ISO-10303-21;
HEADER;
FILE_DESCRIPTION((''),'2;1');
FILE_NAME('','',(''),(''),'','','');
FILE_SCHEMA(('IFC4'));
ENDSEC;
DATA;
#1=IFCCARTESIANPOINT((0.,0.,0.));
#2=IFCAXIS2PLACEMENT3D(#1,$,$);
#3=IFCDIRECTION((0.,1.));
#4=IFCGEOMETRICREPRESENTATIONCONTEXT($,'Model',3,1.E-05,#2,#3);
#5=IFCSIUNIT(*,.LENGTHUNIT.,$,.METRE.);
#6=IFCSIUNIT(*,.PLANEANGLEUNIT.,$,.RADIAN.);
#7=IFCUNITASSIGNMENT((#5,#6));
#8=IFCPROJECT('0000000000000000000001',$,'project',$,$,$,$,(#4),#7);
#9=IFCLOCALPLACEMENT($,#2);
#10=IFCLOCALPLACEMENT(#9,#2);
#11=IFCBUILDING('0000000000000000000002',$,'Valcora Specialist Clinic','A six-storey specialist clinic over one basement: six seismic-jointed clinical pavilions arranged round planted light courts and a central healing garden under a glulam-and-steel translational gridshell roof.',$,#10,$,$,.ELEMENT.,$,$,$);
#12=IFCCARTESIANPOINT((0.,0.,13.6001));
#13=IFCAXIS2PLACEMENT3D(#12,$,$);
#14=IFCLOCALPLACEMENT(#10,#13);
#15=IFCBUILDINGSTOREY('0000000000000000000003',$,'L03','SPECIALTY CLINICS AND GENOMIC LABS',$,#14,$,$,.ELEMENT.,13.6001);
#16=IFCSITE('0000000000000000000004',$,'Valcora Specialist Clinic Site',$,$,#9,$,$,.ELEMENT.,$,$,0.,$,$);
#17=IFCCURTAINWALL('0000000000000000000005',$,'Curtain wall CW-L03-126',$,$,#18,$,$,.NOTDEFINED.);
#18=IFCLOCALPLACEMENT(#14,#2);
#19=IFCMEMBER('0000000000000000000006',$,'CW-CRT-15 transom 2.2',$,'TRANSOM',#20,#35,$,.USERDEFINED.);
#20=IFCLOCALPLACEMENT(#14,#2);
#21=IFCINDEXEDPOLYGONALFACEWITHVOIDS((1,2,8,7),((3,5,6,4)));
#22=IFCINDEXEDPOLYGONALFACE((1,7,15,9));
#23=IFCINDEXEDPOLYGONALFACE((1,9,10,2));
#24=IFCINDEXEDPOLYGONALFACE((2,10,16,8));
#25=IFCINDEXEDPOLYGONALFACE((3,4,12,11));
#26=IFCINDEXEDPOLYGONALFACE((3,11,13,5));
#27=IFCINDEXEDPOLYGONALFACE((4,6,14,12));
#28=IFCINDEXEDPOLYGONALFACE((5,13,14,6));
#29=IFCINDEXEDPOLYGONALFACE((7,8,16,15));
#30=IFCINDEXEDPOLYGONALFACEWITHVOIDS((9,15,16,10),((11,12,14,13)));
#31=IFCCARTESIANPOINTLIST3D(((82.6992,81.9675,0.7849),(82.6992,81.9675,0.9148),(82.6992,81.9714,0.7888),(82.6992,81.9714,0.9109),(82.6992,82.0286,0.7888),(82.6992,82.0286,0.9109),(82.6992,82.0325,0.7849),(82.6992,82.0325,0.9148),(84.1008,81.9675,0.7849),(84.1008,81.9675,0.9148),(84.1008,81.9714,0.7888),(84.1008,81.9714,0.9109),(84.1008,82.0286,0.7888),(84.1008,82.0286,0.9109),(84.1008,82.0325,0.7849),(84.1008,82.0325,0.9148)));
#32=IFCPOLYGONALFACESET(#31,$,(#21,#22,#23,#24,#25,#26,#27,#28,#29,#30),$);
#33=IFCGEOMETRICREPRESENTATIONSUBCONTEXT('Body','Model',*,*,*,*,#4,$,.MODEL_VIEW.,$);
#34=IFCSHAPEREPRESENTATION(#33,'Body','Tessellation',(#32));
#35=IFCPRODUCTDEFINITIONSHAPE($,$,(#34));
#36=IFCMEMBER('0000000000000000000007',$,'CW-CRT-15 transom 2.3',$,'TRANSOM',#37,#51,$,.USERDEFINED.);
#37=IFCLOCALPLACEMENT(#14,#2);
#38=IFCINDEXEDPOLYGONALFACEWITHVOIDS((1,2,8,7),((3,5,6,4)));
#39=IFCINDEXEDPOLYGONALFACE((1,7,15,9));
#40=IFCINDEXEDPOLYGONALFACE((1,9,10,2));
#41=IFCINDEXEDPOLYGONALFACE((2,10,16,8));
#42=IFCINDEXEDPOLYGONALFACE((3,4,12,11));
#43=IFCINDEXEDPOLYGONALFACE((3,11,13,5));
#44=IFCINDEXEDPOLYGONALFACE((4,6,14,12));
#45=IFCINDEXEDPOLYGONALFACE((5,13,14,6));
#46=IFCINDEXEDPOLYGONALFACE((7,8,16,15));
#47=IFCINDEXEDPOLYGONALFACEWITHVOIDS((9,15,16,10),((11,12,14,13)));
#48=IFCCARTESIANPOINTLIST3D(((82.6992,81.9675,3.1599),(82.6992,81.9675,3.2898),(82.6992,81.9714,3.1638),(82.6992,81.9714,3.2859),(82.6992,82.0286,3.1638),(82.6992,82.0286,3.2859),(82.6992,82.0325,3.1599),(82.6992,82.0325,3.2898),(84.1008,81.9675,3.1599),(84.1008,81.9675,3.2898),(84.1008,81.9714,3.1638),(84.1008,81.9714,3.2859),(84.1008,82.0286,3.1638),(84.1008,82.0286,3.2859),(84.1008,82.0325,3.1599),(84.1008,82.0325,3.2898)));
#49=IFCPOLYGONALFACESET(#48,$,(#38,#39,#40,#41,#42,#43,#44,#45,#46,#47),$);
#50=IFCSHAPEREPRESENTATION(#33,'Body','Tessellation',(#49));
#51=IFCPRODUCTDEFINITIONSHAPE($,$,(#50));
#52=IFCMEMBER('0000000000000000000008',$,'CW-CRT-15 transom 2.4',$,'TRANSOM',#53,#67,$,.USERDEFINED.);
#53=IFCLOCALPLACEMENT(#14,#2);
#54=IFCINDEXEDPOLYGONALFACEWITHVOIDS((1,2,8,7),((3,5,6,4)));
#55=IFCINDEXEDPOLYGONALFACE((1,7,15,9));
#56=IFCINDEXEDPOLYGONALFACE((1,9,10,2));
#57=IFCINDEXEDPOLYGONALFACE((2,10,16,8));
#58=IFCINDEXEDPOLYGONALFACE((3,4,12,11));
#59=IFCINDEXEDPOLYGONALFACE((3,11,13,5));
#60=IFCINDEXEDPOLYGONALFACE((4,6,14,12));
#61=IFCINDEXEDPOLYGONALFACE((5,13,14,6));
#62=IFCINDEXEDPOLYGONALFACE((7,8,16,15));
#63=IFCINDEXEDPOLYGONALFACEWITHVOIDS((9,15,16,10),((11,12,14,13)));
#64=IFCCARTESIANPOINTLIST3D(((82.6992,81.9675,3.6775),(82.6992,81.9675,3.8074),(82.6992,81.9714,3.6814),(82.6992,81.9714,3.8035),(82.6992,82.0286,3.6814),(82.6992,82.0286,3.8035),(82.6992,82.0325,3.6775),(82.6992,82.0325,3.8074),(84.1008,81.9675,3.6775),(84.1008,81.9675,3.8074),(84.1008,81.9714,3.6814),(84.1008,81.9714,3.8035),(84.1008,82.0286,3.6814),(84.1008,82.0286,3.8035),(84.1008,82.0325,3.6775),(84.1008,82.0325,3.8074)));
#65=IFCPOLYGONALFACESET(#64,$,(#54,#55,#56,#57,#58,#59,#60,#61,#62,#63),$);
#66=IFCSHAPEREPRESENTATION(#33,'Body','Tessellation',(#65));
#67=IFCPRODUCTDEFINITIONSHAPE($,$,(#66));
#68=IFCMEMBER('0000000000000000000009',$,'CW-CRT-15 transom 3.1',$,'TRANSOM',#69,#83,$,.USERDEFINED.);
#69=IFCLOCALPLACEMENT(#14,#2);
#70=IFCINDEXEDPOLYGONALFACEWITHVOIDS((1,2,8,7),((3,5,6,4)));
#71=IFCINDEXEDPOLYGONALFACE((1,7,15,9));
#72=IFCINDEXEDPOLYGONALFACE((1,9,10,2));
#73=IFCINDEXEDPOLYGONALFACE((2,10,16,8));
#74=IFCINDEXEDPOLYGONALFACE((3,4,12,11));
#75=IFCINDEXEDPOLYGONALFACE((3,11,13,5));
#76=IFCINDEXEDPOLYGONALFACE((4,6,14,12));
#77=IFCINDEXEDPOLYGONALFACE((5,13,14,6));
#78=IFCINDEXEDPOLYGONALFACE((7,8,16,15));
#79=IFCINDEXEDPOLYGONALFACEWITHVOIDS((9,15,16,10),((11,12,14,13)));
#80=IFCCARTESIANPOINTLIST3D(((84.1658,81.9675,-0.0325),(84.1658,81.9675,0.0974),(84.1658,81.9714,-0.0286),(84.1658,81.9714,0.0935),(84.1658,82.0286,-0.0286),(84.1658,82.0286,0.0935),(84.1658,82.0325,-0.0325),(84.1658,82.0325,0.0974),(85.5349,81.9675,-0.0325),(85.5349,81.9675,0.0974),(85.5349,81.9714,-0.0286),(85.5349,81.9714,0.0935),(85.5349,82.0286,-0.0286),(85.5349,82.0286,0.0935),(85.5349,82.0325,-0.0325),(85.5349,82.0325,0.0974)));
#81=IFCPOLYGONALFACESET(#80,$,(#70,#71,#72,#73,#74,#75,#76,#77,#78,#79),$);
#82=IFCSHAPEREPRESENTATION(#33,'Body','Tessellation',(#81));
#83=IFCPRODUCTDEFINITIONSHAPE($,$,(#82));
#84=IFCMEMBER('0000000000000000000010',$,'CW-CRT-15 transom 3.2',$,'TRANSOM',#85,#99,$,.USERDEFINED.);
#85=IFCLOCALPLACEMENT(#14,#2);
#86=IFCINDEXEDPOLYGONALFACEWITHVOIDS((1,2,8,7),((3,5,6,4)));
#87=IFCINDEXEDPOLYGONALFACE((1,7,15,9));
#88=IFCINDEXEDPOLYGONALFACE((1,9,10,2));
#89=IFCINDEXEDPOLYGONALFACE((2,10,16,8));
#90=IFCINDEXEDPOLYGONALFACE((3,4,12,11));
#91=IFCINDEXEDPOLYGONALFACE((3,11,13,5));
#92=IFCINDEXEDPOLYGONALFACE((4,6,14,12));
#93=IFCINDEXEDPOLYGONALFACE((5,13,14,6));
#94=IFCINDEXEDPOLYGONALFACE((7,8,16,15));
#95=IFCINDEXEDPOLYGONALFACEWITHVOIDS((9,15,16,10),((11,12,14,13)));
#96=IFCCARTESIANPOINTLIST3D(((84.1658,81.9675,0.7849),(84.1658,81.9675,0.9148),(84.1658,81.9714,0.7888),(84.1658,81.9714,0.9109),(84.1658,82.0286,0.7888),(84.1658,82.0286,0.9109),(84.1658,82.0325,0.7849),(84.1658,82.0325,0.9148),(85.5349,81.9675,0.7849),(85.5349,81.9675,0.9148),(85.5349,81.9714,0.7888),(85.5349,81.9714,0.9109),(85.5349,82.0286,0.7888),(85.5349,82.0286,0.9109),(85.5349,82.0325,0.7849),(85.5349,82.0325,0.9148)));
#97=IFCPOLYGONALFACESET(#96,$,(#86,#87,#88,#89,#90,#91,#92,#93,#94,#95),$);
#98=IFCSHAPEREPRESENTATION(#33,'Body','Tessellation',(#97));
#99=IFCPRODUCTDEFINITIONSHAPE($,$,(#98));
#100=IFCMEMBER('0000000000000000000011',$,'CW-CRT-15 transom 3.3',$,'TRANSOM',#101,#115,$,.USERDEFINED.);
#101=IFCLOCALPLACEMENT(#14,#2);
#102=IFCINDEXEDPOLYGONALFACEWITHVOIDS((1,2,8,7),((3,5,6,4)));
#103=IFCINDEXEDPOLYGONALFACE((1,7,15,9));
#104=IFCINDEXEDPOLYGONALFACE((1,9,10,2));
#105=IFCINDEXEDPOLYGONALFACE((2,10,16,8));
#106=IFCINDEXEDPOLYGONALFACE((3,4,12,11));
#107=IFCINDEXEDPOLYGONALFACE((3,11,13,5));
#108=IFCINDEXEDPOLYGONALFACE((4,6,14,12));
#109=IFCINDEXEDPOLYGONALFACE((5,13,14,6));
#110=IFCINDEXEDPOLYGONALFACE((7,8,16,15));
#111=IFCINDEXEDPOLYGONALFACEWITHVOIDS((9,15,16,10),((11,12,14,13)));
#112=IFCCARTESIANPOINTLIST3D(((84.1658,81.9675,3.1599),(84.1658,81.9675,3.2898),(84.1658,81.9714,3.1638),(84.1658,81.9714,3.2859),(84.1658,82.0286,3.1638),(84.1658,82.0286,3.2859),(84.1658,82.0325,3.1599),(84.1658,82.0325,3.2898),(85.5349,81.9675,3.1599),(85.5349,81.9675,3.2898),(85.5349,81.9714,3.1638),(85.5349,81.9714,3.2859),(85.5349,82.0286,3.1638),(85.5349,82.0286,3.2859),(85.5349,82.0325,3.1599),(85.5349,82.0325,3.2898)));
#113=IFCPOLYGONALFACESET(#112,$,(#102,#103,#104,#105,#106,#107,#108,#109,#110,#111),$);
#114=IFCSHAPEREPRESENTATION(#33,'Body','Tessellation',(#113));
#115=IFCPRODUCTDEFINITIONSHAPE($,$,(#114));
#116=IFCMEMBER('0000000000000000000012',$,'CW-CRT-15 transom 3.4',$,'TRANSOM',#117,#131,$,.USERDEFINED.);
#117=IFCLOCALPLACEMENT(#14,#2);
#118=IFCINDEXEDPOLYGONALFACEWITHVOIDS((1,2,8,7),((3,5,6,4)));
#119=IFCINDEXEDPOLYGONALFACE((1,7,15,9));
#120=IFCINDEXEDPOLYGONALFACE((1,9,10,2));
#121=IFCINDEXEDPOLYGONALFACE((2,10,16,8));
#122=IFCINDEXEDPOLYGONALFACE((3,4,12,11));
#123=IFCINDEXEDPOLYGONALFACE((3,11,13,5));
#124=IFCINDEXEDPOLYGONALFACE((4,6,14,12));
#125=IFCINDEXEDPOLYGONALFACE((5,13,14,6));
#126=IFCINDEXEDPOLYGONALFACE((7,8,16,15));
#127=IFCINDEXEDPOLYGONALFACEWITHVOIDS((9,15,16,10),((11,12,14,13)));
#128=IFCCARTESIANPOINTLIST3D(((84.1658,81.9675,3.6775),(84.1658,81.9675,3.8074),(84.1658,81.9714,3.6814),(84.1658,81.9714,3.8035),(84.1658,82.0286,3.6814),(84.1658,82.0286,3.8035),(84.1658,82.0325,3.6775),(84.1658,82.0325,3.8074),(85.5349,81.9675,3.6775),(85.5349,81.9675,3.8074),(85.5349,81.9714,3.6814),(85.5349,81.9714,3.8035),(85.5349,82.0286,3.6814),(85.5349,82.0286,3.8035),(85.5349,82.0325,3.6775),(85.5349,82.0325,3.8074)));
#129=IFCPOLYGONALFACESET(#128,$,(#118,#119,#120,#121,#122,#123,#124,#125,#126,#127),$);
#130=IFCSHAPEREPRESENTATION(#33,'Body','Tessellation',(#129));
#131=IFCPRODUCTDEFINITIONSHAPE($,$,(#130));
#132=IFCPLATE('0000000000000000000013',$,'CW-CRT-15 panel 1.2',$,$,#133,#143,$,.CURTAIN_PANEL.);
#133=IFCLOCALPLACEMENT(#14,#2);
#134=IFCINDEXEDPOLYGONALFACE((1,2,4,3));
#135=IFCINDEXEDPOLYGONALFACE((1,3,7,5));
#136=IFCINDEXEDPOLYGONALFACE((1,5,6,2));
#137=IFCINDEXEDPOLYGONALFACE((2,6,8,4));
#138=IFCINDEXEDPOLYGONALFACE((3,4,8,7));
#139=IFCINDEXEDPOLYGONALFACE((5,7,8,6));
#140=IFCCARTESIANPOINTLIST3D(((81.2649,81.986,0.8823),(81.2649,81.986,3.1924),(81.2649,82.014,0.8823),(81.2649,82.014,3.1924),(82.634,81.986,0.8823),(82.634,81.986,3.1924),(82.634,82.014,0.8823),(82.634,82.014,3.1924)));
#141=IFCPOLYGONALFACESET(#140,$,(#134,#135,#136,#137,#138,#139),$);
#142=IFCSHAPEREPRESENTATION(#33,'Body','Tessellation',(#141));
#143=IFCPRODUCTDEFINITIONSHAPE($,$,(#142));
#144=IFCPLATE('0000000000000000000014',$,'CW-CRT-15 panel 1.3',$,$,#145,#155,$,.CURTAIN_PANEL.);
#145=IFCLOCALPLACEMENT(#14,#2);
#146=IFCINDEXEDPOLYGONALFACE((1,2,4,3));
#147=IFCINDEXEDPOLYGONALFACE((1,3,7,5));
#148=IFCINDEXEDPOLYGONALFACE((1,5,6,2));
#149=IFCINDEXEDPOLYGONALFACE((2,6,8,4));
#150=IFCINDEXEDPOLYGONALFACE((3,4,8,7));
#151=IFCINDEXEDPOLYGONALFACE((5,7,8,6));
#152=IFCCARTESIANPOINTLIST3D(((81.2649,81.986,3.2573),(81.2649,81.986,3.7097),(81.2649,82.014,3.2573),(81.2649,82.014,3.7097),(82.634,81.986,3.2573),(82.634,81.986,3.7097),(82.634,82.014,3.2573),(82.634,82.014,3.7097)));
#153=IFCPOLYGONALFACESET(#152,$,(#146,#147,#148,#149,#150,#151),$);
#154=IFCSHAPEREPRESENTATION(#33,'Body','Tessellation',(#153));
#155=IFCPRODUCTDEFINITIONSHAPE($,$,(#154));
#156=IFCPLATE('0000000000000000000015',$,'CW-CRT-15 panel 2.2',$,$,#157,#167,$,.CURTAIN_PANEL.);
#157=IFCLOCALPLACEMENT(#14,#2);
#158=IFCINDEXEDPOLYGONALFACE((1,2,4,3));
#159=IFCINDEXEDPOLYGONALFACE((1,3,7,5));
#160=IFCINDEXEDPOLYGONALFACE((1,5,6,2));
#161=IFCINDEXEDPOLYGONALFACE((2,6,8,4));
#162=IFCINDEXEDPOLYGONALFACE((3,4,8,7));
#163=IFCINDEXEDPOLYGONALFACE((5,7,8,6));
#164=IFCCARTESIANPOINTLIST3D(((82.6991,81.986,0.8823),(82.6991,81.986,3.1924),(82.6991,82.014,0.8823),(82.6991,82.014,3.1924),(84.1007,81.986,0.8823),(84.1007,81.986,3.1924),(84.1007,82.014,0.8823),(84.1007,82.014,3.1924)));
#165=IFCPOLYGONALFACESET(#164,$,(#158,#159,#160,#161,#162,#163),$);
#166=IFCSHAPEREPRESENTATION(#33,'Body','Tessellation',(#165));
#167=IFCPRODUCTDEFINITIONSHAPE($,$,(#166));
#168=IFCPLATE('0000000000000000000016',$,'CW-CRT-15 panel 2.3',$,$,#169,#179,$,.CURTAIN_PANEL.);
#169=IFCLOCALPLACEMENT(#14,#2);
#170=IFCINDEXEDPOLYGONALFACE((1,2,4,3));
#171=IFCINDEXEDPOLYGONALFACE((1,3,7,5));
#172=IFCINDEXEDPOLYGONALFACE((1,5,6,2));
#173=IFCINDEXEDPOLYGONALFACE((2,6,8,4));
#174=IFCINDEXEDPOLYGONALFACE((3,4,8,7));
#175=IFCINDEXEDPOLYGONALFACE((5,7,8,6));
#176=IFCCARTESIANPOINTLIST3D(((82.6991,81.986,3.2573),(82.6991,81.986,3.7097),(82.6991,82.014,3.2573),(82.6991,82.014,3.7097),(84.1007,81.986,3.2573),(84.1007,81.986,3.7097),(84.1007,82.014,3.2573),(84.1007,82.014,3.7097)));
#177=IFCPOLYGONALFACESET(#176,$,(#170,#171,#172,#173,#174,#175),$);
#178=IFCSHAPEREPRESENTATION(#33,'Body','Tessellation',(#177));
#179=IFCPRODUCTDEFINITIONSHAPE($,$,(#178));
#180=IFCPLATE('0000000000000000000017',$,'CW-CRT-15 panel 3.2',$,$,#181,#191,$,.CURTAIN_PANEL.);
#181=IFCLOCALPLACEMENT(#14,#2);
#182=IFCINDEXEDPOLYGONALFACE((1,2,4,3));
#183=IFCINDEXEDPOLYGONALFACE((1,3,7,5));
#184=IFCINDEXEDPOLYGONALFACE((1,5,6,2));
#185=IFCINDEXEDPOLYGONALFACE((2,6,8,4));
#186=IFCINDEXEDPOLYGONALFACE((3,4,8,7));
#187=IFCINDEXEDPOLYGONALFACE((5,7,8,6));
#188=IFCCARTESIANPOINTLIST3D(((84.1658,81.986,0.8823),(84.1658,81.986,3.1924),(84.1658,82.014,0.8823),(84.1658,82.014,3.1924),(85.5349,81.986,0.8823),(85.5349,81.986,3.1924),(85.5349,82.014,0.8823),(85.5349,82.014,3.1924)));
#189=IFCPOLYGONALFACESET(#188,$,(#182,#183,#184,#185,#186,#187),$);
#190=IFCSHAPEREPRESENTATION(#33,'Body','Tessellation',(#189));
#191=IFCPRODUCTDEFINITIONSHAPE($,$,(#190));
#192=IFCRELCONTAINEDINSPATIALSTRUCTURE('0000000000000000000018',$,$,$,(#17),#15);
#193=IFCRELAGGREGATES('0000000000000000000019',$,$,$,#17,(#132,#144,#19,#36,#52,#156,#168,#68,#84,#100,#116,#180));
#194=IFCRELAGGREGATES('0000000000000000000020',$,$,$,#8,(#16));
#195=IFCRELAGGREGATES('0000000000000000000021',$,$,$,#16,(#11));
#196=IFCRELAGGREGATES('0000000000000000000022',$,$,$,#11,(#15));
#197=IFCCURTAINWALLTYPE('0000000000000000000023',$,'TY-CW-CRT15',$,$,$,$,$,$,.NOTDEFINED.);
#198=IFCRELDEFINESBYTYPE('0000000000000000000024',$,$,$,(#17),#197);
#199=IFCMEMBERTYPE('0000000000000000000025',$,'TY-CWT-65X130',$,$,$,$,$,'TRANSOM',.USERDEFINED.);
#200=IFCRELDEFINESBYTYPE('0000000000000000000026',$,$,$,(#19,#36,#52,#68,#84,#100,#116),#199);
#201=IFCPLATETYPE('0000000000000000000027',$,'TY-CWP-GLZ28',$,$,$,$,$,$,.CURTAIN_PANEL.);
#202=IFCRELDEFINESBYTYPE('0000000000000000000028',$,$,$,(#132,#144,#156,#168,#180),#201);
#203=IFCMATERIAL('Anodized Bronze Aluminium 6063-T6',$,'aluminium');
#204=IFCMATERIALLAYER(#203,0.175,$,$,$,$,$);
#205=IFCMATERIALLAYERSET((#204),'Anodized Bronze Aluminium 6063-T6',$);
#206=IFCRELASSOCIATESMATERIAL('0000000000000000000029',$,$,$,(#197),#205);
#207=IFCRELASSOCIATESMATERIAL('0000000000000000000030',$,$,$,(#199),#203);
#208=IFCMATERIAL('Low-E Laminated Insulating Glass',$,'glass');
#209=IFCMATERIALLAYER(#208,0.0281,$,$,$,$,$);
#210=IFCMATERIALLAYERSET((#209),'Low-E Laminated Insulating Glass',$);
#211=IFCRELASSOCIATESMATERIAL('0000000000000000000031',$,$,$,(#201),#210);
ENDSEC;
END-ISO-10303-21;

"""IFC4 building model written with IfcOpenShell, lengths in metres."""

from ifc_helpers import new_model, si_unit, direction, frame, origin, origin_2d, place, context, subcontext, project, spatial, rectangle, hollow_rectangle, extrude, material, layer, layer_set, material_profile, profile_set, type_object, element, aggregate, save


model = new_model("IFC4")

# Units and contexts
model_context = context("Model", 3, precision=1e-05, world=origin(), true_north=direction((0.0, 1.0)))
body_context = subcontext(model_context, "Body", "Model", "MODEL_VIEW")
ifc_project = project(units=[si_unit("LENGTHUNIT", "METRE"), si_unit("PLANEANGLEUNIT", "RADIAN")], contexts=[model_context])

# Site, building, storey
site_placement = place(None, origin())
site = spatial("IfcSite", under=ifc_project, at=site_placement, Name="Valcora Specialist Clinic Site", CompositionType="ELEMENT", RefElevation=0.0)
building_placement = place(site_placement, origin())
building = spatial("IfcBuilding", under=site, at=building_placement, Name="Valcora Specialist Clinic", Description="A six-storey specialist clinic over one basement: six seismic-jointed clinical pavilions arranged round planted light courts and a central healing garden under a glulam-and-steel translational gridshell roof.", CompositionType="ELEMENT")
storey_placement = place(building_placement, frame((0.0, 0.0, 13.6001)))
storey = spatial("IfcBuildingStorey", under=building, at=storey_placement, Name="L03", Description="SPECIALTY CLINICS AND GENOMIC LABS", CompositionType="ELEMENT", Elevation=13.6001)

# Shared definitions
ifc_material_1 = material(Name="Anodized Bronze Aluminium 6063-T6", Category="aluminium")
ifc_layer_1 = layer(ifc_material_1, 0.175)
ifc_layer_set_1 = layer_set([ifc_layer_1], Name="Anodized Bronze Aluminium 6063-T6")
curtain_wall_type = type_object("IfcCurtainWallType", Name="TY-CW-CRT15", PredefinedType="NOTDEFINED", material=ifc_layer_set_1)

# Curtain wall
curtain_wall_1_placement = place(storey_placement, origin())
curtain_wall_1 = element("IfcCurtainWall", 1, at=curtain_wall_1_placement, inside=storey, type_object=curtain_wall_type, Name="Curtain wall CW-L03-126", PredefinedType="NOTDEFINED")

# Members
ifc_material_profile_1 = material_profile(ifc_material_1, hollow_rectangle(XDim=0.0649, YDim=0.1299, WallThickness=0.0039, at=origin_2d()), Name="AL-TRN-65X130")
ifc_profile_set_1 = profile_set([ifc_material_profile_1], Name="Anodized Bronze Aluminium 6063-T6")
member_type_1 = type_object("IfcMemberType", Name="TY-CWT-65X130", ElementType="TRANSOM", PredefinedType="USERDEFINED", material=ifc_profile_set_1)
member_1_placement = place(storey_placement, frame((82.6992, 82.0, 0.8499), z_axis=(1.0, 0.0, 0.0), x_axis=(0.0, 1.0, 0.0)))
member_1 = element("IfcMember", 2, at=member_1_placement, type_object=member_type_1, Name="CW-CRT-15 transom 2.2", ObjectType="TRANSOM", PredefinedType="USERDEFINED", context=body_context, shape_type="SweptSolid", body=[
    extrude(hollow_rectangle(XDim=0.0649, YDim=0.1299, WallThickness=0.0039, at=origin_2d()), origin(), (0.0, 0.0, 1.0), 1.4016),
])
member_2_placement = place(storey_placement, frame((82.6992, 82.0, 3.2249), z_axis=(1.0, 0.0, 0.0), x_axis=(0.0, 1.0, 0.0)))
member_2 = element("IfcMember", 3, at=member_2_placement, type_object=member_type_1, Name="CW-CRT-15 transom 2.3", ObjectType="TRANSOM", PredefinedType="USERDEFINED", context=body_context, shape_type="SweptSolid", body=[
    extrude(hollow_rectangle(XDim=0.0649, YDim=0.1299, WallThickness=0.0039, at=origin_2d()), origin(), (0.0, 0.0, 1.0), 1.4016),
])
member_3_placement = place(storey_placement, frame((82.6992, 82.0, 3.7424), z_axis=(1.0, 0.0, 0.0), x_axis=(0.0, 1.0, 0.0)))
member_3 = element("IfcMember", 4, at=member_3_placement, type_object=member_type_1, Name="CW-CRT-15 transom 2.4", ObjectType="TRANSOM", PredefinedType="USERDEFINED", context=body_context, shape_type="SweptSolid", body=[
    extrude(hollow_rectangle(XDim=0.0649, YDim=0.1299, WallThickness=0.0039, at=origin_2d()), origin(), (0.0, 0.0, 1.0), 1.4016),
])
member_4_placement = place(storey_placement, frame((84.1658, 82.0, 0.0325), z_axis=(1.0, 0.0, 0.0), x_axis=(0.0, 1.0, 0.0)))
member_4 = element("IfcMember", 5, at=member_4_placement, type_object=member_type_1, Name="CW-CRT-15 transom 3.1", ObjectType="TRANSOM", PredefinedType="USERDEFINED", context=body_context, shape_type="SweptSolid", body=[
    extrude(hollow_rectangle(XDim=0.0649, YDim=0.1299, WallThickness=0.0039, at=origin_2d()), origin(), (0.0, 0.0, 1.0), 1.3691),
])
member_5_placement = place(storey_placement, frame((84.1658, 82.0, 0.8499), z_axis=(1.0, 0.0, 0.0), x_axis=(0.0, 1.0, 0.0)))
member_5 = element("IfcMember", 6, at=member_5_placement, type_object=member_type_1, Name="CW-CRT-15 transom 3.2", ObjectType="TRANSOM", PredefinedType="USERDEFINED", context=body_context, shape_type="SweptSolid", body=[
    extrude(hollow_rectangle(XDim=0.0649, YDim=0.1299, WallThickness=0.0039, at=origin_2d()), origin(), (0.0, 0.0, 1.0), 1.3691),
])
member_6_placement = place(storey_placement, frame((84.1658, 82.0, 3.2249), z_axis=(1.0, 0.0, 0.0), x_axis=(0.0, 1.0, 0.0)))
member_6 = element("IfcMember", 7, at=member_6_placement, type_object=member_type_1, Name="CW-CRT-15 transom 3.3", ObjectType="TRANSOM", PredefinedType="USERDEFINED", context=body_context, shape_type="SweptSolid", body=[
    extrude(hollow_rectangle(XDim=0.0649, YDim=0.1299, WallThickness=0.0039, at=origin_2d()), origin(), (0.0, 0.0, 1.0), 1.3691),
])
member_7_placement = place(storey_placement, frame((84.1658, 82.0, 3.7424), z_axis=(1.0, 0.0, 0.0), x_axis=(0.0, 1.0, 0.0)))
member_7 = element("IfcMember", 8, at=member_7_placement, type_object=member_type_1, Name="CW-CRT-15 transom 3.4", ObjectType="TRANSOM", PredefinedType="USERDEFINED", context=body_context, shape_type="SweptSolid", body=[
    extrude(hollow_rectangle(XDim=0.0649, YDim=0.1299, WallThickness=0.0039, at=origin_2d()), origin(), (0.0, 0.0, 1.0), 1.3691),
])

# Plates
ifc_material_2 = material(Name="Low-E Laminated Insulating Glass", Category="glass")
ifc_layer_2 = layer(ifc_material_2, 0.0281)
ifc_layer_set_2 = layer_set([ifc_layer_2], Name="Low-E Laminated Insulating Glass")
plate_type_1 = type_object("IfcPlateType", Name="TY-CWP-GLZ28", PredefinedType="CURTAIN_PANEL", material=ifc_layer_set_2)
plate_1_placement = place(storey_placement, frame((81.9495, 82.0, 0.8823), z_axis=(0.0, 0.0, 1.0), x_axis=(1.0, 0.0, 0.0)))
plate_1 = element("IfcPlate", 9, at=plate_1_placement, type_object=plate_type_1, Name="CW-CRT-15 panel 1.2", PredefinedType="CURTAIN_PANEL", context=body_context, shape_type="SweptSolid", body=[
    extrude(rectangle(XDim=1.3691, YDim=0.0281, at=origin_2d()), origin(), (0.0, 0.0, 1.0), 2.3101),
])
plate_2_placement = place(storey_placement, frame((81.9495, 82.0, 3.2573), z_axis=(0.0, 0.0, 1.0), x_axis=(1.0, 0.0, 0.0)))
plate_2 = element("IfcPlate", 10, at=plate_2_placement, type_object=plate_type_1, Name="CW-CRT-15 panel 1.3", PredefinedType="CURTAIN_PANEL", context=body_context, shape_type="SweptSolid", body=[
    extrude(rectangle(XDim=1.3691, YDim=0.0281, at=origin_2d()), origin(), (0.0, 0.0, 1.0), 0.4524),
])
plate_3_placement = place(storey_placement, frame((83.3999, 82.0, 0.8823), z_axis=(0.0, 0.0, 1.0), x_axis=(1.0, 0.0, 0.0)))
plate_3 = element("IfcPlate", 11, at=plate_3_placement, type_object=plate_type_1, Name="CW-CRT-15 panel 2.2", PredefinedType="CURTAIN_PANEL", context=body_context, shape_type="SweptSolid", body=[
    extrude(rectangle(XDim=1.4016, YDim=0.0281, at=origin_2d()), origin(), (0.0, 0.0, 1.0), 2.3101),
])
plate_4_placement = place(storey_placement, frame((83.3999, 82.0, 3.2573), z_axis=(0.0, 0.0, 1.0), x_axis=(1.0, 0.0, 0.0)))
plate_4 = element("IfcPlate", 12, at=plate_4_placement, type_object=plate_type_1, Name="CW-CRT-15 panel 2.3", PredefinedType="CURTAIN_PANEL", context=body_context, shape_type="SweptSolid", body=[
    extrude(rectangle(XDim=1.4016, YDim=0.0281, at=origin_2d()), origin(), (0.0, 0.0, 1.0), 0.4524),
])
plate_5_placement = place(storey_placement, frame((84.8503, 82.0, 0.8823), z_axis=(0.0, 0.0, 1.0), x_axis=(1.0, 0.0, 0.0)))
plate_5 = element("IfcPlate", 13, at=plate_5_placement, type_object=plate_type_1, Name="CW-CRT-15 panel 3.2", PredefinedType="CURTAIN_PANEL", context=body_context, shape_type="SweptSolid", body=[
    extrude(rectangle(XDim=1.3691, YDim=0.0281, at=origin_2d()), origin(), (0.0, 0.0, 1.0), 2.3101),
])
aggregate(curtain_wall_1, [plate_1, plate_2, member_1, member_2, member_3, plate_3, plate_4, member_4, member_5, member_6, member_7, plate_5])

save(model, "model.ifc")
